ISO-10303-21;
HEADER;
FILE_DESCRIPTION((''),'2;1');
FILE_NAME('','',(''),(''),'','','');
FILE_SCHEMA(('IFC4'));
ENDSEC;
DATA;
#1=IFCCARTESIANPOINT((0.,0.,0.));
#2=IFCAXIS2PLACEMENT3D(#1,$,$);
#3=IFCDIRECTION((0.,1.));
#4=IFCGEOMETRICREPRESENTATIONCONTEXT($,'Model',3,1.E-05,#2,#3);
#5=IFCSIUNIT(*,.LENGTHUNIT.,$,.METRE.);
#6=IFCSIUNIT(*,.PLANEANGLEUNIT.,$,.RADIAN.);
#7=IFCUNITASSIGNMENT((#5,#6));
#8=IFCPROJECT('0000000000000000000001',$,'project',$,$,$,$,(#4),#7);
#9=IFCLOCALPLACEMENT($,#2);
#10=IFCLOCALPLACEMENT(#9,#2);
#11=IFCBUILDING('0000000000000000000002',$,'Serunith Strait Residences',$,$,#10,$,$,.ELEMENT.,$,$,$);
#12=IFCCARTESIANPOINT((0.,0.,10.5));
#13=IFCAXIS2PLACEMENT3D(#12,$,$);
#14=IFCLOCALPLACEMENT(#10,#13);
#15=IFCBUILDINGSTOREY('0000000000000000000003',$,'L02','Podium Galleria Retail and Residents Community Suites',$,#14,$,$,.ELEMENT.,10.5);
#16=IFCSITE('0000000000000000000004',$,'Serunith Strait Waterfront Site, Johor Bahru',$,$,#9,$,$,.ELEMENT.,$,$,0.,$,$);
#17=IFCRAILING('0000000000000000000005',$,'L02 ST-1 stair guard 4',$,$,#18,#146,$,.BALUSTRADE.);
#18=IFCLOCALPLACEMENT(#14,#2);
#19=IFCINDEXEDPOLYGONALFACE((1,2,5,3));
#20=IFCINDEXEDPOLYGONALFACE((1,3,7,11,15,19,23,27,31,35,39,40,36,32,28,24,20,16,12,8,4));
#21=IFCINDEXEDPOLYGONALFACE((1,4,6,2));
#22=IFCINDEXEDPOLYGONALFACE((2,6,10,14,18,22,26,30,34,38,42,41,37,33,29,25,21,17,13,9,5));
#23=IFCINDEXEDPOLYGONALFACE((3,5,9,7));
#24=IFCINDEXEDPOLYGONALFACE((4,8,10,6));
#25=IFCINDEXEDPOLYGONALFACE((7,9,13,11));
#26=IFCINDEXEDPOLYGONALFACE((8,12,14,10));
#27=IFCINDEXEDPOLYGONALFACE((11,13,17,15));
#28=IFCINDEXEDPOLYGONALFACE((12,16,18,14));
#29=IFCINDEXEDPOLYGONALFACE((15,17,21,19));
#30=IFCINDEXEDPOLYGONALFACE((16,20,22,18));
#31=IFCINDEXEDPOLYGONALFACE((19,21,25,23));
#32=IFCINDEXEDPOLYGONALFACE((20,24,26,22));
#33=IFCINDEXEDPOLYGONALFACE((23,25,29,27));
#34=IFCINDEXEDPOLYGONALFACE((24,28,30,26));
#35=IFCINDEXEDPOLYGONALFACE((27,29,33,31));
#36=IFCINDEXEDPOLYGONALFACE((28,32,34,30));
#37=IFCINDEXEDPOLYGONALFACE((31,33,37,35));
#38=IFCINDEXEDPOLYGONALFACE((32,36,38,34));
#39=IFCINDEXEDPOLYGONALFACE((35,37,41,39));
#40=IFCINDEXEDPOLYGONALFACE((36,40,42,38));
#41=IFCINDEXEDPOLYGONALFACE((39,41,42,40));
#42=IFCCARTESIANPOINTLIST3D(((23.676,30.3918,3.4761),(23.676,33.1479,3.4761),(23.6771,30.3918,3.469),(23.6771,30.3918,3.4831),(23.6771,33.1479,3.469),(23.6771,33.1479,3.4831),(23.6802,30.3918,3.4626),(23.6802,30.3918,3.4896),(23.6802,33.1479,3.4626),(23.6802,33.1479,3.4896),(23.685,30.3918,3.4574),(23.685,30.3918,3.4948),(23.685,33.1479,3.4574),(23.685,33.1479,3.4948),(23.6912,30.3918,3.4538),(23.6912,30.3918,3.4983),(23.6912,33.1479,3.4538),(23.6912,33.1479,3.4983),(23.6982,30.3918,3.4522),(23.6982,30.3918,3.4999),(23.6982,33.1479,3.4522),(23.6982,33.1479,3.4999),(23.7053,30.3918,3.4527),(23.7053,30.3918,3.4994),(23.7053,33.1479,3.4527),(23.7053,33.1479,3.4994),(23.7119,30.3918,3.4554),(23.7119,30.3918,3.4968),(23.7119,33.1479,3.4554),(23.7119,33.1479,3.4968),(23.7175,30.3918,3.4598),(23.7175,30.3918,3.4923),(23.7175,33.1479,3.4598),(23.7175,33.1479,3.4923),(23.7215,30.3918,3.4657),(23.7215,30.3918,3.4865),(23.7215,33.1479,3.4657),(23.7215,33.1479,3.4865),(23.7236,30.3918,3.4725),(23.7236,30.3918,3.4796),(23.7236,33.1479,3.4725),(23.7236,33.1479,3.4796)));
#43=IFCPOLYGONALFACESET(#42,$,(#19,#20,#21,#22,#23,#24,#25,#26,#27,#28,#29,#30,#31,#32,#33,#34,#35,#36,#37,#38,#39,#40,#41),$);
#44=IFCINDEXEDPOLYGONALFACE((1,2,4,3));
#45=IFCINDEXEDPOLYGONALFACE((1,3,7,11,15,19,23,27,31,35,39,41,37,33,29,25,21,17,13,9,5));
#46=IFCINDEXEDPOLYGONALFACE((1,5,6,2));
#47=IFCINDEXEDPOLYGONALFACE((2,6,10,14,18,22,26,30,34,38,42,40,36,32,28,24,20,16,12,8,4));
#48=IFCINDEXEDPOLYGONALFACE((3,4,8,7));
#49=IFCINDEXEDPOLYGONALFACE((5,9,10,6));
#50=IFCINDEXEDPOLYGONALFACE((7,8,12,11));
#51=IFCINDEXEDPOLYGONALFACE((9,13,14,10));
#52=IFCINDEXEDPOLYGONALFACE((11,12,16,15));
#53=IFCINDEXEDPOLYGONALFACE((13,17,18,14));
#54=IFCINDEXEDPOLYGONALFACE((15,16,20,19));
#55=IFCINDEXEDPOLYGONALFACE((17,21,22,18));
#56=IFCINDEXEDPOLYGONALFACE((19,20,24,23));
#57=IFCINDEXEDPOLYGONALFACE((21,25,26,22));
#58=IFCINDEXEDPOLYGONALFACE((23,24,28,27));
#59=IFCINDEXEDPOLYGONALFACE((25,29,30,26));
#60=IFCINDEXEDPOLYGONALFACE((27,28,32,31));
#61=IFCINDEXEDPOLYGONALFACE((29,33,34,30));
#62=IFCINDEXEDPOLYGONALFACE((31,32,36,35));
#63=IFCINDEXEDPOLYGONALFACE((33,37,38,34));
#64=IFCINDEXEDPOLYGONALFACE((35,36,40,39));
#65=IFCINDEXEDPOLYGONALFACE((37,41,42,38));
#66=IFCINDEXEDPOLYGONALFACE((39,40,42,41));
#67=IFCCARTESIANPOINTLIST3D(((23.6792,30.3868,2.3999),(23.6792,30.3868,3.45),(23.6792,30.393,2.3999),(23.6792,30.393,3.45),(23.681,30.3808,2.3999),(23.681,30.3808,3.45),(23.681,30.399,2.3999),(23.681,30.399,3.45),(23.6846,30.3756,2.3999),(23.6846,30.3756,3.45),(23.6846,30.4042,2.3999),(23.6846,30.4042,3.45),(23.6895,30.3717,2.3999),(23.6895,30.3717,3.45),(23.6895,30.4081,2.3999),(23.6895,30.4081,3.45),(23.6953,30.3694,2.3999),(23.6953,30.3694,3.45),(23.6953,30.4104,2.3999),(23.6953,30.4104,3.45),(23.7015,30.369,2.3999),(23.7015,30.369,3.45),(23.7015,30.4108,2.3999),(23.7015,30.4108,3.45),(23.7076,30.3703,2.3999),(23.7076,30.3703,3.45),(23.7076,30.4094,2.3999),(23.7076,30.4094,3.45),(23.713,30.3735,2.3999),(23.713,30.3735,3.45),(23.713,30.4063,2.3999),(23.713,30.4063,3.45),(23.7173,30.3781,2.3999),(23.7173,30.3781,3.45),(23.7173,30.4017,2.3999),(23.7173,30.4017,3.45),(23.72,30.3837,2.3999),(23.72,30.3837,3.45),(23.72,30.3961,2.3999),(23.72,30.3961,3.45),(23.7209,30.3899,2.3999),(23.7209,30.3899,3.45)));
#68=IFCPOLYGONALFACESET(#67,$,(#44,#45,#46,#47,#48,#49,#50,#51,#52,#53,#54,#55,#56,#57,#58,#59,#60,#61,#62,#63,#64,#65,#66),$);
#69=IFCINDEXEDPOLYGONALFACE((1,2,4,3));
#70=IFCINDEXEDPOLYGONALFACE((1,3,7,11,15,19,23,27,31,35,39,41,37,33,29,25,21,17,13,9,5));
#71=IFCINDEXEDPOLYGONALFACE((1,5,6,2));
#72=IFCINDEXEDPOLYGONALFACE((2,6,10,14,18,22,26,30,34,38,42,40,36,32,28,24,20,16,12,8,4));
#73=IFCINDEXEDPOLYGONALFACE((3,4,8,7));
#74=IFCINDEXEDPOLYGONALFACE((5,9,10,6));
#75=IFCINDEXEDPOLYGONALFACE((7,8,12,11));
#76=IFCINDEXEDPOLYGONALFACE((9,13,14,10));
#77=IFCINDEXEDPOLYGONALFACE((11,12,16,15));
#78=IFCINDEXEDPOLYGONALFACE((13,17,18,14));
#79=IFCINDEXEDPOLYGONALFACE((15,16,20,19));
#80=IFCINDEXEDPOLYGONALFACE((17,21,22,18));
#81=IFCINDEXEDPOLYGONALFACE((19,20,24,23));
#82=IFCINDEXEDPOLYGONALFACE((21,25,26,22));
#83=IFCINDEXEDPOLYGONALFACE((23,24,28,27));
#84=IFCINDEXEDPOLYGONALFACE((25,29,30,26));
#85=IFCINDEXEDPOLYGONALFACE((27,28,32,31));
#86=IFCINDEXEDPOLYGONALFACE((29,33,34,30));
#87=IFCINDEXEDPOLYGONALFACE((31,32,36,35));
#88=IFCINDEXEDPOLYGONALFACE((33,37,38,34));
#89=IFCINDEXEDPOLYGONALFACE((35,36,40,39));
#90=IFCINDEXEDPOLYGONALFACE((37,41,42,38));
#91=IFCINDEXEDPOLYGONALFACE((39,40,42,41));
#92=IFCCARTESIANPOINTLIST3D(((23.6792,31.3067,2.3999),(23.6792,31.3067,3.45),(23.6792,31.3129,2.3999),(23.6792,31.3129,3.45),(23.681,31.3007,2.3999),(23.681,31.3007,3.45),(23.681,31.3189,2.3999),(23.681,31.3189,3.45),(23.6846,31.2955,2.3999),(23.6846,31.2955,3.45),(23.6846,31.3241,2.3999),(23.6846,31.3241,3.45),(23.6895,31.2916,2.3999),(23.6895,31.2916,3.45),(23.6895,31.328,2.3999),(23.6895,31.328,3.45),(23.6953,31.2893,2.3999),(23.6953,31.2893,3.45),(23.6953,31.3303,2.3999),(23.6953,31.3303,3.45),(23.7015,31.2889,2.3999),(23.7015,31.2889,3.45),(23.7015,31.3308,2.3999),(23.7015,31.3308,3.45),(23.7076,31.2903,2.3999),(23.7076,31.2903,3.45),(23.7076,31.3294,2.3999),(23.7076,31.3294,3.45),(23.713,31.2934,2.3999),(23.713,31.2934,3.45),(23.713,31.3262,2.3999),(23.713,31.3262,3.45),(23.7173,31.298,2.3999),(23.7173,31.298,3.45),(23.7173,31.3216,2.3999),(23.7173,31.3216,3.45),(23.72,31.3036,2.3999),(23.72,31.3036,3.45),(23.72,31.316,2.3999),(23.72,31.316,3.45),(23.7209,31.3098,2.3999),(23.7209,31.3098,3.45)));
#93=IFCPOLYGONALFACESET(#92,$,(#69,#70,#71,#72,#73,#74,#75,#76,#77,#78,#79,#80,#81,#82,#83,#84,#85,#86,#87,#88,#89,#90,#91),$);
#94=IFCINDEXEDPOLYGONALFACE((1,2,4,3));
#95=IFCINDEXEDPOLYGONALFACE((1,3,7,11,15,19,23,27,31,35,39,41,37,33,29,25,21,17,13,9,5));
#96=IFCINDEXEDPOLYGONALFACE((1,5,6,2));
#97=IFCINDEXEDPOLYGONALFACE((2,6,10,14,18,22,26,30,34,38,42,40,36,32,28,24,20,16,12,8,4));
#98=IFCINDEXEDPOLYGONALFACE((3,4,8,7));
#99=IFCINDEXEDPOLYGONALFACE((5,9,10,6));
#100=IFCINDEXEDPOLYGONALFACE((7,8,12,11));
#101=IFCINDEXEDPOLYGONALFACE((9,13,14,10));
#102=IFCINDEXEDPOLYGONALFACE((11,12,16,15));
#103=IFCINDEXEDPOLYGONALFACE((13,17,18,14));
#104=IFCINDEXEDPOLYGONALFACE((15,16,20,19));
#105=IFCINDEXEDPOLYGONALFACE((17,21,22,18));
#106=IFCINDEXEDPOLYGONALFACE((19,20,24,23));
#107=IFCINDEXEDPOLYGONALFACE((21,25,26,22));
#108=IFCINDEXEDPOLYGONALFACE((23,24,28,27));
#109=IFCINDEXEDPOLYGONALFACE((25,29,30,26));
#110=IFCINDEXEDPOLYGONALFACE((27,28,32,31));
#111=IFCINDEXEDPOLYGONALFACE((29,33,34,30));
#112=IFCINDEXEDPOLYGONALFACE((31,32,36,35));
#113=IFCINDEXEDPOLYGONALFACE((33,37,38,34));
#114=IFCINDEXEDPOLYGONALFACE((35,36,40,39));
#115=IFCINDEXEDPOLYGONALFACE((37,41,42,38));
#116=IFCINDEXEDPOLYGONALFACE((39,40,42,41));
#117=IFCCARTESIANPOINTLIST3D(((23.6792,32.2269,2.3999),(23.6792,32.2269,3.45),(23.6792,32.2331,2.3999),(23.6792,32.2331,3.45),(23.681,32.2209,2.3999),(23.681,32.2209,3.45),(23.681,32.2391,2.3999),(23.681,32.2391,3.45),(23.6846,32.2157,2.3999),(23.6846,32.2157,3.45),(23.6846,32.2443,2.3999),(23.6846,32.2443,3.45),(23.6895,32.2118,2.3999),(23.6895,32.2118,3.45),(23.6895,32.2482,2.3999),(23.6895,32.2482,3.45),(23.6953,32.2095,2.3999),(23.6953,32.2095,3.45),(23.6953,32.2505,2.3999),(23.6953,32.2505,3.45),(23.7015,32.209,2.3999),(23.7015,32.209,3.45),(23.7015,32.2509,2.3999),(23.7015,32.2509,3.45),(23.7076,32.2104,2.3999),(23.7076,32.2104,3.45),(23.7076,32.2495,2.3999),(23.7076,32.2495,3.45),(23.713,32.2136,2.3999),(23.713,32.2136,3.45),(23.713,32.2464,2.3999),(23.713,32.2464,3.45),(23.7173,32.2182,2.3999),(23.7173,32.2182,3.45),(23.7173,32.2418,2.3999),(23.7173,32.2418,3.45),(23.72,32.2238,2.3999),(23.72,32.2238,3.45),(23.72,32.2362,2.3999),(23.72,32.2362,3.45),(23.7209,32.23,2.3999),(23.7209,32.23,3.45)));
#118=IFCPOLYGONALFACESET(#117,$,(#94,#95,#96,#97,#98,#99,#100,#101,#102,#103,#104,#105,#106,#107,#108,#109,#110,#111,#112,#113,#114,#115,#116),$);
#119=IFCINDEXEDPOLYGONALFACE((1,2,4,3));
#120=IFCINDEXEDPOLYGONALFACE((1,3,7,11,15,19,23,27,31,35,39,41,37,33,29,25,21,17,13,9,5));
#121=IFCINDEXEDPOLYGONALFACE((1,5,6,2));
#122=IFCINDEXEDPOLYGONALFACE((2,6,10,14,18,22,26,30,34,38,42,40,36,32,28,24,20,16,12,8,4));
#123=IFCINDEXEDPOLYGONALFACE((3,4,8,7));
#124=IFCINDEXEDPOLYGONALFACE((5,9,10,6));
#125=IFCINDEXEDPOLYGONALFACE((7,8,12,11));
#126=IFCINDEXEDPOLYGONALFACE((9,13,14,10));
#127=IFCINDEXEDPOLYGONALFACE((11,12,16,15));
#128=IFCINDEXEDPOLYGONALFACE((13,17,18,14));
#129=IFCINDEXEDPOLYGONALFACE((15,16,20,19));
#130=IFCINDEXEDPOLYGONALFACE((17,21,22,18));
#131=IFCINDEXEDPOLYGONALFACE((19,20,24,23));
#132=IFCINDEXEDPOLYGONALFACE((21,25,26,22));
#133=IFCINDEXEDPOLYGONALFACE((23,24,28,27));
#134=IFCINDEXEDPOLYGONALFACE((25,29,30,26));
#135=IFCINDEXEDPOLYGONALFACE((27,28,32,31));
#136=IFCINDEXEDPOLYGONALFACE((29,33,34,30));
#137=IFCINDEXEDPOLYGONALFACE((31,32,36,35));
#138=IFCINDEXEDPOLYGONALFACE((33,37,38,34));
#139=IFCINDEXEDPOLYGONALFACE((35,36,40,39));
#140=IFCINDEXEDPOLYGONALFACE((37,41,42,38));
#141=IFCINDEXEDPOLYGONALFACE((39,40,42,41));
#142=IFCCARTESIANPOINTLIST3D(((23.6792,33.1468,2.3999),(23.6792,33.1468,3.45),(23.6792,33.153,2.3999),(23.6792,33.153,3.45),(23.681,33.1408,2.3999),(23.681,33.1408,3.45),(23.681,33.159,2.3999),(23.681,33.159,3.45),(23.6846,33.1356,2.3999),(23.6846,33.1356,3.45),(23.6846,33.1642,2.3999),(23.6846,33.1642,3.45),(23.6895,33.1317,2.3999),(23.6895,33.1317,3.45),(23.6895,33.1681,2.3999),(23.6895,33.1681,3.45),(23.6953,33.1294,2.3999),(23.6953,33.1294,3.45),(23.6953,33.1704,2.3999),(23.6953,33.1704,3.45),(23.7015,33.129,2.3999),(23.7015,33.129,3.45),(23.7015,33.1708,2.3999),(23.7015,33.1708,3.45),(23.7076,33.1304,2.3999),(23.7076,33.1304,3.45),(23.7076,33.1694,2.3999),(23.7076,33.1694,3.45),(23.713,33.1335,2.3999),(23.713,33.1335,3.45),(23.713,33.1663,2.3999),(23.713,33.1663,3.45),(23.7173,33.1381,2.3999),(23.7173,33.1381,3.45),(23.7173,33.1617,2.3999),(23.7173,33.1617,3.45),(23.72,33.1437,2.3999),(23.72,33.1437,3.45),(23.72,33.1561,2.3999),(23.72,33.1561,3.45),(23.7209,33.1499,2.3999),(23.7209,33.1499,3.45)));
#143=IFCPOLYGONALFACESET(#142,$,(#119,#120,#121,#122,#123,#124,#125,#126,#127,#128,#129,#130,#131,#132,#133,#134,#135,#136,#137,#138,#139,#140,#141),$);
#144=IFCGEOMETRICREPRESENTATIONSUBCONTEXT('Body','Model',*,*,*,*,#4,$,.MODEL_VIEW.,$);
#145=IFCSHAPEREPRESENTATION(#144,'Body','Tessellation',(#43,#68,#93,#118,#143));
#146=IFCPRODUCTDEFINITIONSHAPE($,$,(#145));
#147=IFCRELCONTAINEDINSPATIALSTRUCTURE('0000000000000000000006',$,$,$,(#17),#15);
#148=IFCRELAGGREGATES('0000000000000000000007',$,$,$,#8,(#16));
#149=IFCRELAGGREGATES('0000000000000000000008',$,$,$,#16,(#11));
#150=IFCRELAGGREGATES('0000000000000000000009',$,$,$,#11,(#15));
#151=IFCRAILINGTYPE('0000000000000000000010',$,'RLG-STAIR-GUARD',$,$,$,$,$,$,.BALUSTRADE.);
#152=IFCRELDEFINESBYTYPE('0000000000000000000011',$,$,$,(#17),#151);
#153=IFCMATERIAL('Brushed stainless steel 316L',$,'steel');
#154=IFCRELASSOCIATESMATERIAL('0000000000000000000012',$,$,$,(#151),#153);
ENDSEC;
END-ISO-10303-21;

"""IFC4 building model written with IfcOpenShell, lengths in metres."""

from ifc_helpers import new_model, si_unit, direction, frame, origin, origin_2d, place, context, subcontext, project, spatial, circle, extrude, material, type_object, element, save


model = new_model("IFC4")

# Units and contexts
model_context = context("Model", 3, precision=1e-05, world=origin(), true_north=direction((0.0, 1.0)))
body_context = subcontext(model_context, "Body", "Model", "MODEL_VIEW")
ifc_project = project(units=[si_unit("LENGTHUNIT", "METRE"), si_unit("PLANEANGLEUNIT", "RADIAN")], contexts=[model_context])

# Site, building, storey
site_placement = place(None, origin())
site = spatial("IfcSite", under=ifc_project, at=site_placement, Name="Serunith Strait Waterfront Site, Johor Bahru", CompositionType="ELEMENT", RefElevation=0.0)
building_placement = place(site_placement, origin())
building = spatial("IfcBuilding", under=site, at=building_placement, Name="Serunith Strait Residences", CompositionType="ELEMENT")
storey_placement = place(building_placement, frame((0.0, 0.0, 10.5)))
storey = spatial("IfcBuildingStorey", under=building, at=storey_placement, Name="L02", Description="Podium Galleria Retail and Residents Community Suites", CompositionType="ELEMENT", Elevation=10.5)

# Railing
ifc_material_1 = material(Name="Brushed stainless steel 316L", Category="steel")
railing_type_1 = type_object("IfcRailingType", Name="RLG-STAIR-GUARD", PredefinedType="BALUSTRADE", material=ifc_material_1)
railing_1_placement = place(storey_placement, frame((23.7, 30.3899, 2.3999)))
element("IfcRailing", 1, at=railing_1_placement, inside=storey, type_object=railing_type_1, Name="L02 ST-1 stair guard 4", PredefinedType="BALUSTRADE", context=body_context, shape_type="SweptSolid", body=[
    extrude(circle(Radius=0.0239, at=origin_2d()), frame((0.0, 0.002, 1.0762), z_axis=(0.0, 1.0, 0.0), x_axis=(-1.0, 0.0, 0.0)), (0.0, 0.0, 1.0), 2.7561),
    extrude(circle(Radius=0.021, at=origin_2d()), origin(), (0.0, 0.0, 1.0), 1.05),
    extrude(circle(Radius=0.021, at=origin_2d()), frame((0.0, 0.9199, 0.0)), (0.0, 0.0, 1.0), 1.05),
    extrude(circle(Radius=0.021, at=origin_2d()), frame((0.0, 1.8401, 0.0)), (0.0, 0.0, 1.0), 1.05),
    extrude(circle(Radius=0.021, at=origin_2d()), frame((0.0, 2.76, 0.0)), (0.0, 0.0, 1.0), 1.05),
])

save(model, "model.ifc")
